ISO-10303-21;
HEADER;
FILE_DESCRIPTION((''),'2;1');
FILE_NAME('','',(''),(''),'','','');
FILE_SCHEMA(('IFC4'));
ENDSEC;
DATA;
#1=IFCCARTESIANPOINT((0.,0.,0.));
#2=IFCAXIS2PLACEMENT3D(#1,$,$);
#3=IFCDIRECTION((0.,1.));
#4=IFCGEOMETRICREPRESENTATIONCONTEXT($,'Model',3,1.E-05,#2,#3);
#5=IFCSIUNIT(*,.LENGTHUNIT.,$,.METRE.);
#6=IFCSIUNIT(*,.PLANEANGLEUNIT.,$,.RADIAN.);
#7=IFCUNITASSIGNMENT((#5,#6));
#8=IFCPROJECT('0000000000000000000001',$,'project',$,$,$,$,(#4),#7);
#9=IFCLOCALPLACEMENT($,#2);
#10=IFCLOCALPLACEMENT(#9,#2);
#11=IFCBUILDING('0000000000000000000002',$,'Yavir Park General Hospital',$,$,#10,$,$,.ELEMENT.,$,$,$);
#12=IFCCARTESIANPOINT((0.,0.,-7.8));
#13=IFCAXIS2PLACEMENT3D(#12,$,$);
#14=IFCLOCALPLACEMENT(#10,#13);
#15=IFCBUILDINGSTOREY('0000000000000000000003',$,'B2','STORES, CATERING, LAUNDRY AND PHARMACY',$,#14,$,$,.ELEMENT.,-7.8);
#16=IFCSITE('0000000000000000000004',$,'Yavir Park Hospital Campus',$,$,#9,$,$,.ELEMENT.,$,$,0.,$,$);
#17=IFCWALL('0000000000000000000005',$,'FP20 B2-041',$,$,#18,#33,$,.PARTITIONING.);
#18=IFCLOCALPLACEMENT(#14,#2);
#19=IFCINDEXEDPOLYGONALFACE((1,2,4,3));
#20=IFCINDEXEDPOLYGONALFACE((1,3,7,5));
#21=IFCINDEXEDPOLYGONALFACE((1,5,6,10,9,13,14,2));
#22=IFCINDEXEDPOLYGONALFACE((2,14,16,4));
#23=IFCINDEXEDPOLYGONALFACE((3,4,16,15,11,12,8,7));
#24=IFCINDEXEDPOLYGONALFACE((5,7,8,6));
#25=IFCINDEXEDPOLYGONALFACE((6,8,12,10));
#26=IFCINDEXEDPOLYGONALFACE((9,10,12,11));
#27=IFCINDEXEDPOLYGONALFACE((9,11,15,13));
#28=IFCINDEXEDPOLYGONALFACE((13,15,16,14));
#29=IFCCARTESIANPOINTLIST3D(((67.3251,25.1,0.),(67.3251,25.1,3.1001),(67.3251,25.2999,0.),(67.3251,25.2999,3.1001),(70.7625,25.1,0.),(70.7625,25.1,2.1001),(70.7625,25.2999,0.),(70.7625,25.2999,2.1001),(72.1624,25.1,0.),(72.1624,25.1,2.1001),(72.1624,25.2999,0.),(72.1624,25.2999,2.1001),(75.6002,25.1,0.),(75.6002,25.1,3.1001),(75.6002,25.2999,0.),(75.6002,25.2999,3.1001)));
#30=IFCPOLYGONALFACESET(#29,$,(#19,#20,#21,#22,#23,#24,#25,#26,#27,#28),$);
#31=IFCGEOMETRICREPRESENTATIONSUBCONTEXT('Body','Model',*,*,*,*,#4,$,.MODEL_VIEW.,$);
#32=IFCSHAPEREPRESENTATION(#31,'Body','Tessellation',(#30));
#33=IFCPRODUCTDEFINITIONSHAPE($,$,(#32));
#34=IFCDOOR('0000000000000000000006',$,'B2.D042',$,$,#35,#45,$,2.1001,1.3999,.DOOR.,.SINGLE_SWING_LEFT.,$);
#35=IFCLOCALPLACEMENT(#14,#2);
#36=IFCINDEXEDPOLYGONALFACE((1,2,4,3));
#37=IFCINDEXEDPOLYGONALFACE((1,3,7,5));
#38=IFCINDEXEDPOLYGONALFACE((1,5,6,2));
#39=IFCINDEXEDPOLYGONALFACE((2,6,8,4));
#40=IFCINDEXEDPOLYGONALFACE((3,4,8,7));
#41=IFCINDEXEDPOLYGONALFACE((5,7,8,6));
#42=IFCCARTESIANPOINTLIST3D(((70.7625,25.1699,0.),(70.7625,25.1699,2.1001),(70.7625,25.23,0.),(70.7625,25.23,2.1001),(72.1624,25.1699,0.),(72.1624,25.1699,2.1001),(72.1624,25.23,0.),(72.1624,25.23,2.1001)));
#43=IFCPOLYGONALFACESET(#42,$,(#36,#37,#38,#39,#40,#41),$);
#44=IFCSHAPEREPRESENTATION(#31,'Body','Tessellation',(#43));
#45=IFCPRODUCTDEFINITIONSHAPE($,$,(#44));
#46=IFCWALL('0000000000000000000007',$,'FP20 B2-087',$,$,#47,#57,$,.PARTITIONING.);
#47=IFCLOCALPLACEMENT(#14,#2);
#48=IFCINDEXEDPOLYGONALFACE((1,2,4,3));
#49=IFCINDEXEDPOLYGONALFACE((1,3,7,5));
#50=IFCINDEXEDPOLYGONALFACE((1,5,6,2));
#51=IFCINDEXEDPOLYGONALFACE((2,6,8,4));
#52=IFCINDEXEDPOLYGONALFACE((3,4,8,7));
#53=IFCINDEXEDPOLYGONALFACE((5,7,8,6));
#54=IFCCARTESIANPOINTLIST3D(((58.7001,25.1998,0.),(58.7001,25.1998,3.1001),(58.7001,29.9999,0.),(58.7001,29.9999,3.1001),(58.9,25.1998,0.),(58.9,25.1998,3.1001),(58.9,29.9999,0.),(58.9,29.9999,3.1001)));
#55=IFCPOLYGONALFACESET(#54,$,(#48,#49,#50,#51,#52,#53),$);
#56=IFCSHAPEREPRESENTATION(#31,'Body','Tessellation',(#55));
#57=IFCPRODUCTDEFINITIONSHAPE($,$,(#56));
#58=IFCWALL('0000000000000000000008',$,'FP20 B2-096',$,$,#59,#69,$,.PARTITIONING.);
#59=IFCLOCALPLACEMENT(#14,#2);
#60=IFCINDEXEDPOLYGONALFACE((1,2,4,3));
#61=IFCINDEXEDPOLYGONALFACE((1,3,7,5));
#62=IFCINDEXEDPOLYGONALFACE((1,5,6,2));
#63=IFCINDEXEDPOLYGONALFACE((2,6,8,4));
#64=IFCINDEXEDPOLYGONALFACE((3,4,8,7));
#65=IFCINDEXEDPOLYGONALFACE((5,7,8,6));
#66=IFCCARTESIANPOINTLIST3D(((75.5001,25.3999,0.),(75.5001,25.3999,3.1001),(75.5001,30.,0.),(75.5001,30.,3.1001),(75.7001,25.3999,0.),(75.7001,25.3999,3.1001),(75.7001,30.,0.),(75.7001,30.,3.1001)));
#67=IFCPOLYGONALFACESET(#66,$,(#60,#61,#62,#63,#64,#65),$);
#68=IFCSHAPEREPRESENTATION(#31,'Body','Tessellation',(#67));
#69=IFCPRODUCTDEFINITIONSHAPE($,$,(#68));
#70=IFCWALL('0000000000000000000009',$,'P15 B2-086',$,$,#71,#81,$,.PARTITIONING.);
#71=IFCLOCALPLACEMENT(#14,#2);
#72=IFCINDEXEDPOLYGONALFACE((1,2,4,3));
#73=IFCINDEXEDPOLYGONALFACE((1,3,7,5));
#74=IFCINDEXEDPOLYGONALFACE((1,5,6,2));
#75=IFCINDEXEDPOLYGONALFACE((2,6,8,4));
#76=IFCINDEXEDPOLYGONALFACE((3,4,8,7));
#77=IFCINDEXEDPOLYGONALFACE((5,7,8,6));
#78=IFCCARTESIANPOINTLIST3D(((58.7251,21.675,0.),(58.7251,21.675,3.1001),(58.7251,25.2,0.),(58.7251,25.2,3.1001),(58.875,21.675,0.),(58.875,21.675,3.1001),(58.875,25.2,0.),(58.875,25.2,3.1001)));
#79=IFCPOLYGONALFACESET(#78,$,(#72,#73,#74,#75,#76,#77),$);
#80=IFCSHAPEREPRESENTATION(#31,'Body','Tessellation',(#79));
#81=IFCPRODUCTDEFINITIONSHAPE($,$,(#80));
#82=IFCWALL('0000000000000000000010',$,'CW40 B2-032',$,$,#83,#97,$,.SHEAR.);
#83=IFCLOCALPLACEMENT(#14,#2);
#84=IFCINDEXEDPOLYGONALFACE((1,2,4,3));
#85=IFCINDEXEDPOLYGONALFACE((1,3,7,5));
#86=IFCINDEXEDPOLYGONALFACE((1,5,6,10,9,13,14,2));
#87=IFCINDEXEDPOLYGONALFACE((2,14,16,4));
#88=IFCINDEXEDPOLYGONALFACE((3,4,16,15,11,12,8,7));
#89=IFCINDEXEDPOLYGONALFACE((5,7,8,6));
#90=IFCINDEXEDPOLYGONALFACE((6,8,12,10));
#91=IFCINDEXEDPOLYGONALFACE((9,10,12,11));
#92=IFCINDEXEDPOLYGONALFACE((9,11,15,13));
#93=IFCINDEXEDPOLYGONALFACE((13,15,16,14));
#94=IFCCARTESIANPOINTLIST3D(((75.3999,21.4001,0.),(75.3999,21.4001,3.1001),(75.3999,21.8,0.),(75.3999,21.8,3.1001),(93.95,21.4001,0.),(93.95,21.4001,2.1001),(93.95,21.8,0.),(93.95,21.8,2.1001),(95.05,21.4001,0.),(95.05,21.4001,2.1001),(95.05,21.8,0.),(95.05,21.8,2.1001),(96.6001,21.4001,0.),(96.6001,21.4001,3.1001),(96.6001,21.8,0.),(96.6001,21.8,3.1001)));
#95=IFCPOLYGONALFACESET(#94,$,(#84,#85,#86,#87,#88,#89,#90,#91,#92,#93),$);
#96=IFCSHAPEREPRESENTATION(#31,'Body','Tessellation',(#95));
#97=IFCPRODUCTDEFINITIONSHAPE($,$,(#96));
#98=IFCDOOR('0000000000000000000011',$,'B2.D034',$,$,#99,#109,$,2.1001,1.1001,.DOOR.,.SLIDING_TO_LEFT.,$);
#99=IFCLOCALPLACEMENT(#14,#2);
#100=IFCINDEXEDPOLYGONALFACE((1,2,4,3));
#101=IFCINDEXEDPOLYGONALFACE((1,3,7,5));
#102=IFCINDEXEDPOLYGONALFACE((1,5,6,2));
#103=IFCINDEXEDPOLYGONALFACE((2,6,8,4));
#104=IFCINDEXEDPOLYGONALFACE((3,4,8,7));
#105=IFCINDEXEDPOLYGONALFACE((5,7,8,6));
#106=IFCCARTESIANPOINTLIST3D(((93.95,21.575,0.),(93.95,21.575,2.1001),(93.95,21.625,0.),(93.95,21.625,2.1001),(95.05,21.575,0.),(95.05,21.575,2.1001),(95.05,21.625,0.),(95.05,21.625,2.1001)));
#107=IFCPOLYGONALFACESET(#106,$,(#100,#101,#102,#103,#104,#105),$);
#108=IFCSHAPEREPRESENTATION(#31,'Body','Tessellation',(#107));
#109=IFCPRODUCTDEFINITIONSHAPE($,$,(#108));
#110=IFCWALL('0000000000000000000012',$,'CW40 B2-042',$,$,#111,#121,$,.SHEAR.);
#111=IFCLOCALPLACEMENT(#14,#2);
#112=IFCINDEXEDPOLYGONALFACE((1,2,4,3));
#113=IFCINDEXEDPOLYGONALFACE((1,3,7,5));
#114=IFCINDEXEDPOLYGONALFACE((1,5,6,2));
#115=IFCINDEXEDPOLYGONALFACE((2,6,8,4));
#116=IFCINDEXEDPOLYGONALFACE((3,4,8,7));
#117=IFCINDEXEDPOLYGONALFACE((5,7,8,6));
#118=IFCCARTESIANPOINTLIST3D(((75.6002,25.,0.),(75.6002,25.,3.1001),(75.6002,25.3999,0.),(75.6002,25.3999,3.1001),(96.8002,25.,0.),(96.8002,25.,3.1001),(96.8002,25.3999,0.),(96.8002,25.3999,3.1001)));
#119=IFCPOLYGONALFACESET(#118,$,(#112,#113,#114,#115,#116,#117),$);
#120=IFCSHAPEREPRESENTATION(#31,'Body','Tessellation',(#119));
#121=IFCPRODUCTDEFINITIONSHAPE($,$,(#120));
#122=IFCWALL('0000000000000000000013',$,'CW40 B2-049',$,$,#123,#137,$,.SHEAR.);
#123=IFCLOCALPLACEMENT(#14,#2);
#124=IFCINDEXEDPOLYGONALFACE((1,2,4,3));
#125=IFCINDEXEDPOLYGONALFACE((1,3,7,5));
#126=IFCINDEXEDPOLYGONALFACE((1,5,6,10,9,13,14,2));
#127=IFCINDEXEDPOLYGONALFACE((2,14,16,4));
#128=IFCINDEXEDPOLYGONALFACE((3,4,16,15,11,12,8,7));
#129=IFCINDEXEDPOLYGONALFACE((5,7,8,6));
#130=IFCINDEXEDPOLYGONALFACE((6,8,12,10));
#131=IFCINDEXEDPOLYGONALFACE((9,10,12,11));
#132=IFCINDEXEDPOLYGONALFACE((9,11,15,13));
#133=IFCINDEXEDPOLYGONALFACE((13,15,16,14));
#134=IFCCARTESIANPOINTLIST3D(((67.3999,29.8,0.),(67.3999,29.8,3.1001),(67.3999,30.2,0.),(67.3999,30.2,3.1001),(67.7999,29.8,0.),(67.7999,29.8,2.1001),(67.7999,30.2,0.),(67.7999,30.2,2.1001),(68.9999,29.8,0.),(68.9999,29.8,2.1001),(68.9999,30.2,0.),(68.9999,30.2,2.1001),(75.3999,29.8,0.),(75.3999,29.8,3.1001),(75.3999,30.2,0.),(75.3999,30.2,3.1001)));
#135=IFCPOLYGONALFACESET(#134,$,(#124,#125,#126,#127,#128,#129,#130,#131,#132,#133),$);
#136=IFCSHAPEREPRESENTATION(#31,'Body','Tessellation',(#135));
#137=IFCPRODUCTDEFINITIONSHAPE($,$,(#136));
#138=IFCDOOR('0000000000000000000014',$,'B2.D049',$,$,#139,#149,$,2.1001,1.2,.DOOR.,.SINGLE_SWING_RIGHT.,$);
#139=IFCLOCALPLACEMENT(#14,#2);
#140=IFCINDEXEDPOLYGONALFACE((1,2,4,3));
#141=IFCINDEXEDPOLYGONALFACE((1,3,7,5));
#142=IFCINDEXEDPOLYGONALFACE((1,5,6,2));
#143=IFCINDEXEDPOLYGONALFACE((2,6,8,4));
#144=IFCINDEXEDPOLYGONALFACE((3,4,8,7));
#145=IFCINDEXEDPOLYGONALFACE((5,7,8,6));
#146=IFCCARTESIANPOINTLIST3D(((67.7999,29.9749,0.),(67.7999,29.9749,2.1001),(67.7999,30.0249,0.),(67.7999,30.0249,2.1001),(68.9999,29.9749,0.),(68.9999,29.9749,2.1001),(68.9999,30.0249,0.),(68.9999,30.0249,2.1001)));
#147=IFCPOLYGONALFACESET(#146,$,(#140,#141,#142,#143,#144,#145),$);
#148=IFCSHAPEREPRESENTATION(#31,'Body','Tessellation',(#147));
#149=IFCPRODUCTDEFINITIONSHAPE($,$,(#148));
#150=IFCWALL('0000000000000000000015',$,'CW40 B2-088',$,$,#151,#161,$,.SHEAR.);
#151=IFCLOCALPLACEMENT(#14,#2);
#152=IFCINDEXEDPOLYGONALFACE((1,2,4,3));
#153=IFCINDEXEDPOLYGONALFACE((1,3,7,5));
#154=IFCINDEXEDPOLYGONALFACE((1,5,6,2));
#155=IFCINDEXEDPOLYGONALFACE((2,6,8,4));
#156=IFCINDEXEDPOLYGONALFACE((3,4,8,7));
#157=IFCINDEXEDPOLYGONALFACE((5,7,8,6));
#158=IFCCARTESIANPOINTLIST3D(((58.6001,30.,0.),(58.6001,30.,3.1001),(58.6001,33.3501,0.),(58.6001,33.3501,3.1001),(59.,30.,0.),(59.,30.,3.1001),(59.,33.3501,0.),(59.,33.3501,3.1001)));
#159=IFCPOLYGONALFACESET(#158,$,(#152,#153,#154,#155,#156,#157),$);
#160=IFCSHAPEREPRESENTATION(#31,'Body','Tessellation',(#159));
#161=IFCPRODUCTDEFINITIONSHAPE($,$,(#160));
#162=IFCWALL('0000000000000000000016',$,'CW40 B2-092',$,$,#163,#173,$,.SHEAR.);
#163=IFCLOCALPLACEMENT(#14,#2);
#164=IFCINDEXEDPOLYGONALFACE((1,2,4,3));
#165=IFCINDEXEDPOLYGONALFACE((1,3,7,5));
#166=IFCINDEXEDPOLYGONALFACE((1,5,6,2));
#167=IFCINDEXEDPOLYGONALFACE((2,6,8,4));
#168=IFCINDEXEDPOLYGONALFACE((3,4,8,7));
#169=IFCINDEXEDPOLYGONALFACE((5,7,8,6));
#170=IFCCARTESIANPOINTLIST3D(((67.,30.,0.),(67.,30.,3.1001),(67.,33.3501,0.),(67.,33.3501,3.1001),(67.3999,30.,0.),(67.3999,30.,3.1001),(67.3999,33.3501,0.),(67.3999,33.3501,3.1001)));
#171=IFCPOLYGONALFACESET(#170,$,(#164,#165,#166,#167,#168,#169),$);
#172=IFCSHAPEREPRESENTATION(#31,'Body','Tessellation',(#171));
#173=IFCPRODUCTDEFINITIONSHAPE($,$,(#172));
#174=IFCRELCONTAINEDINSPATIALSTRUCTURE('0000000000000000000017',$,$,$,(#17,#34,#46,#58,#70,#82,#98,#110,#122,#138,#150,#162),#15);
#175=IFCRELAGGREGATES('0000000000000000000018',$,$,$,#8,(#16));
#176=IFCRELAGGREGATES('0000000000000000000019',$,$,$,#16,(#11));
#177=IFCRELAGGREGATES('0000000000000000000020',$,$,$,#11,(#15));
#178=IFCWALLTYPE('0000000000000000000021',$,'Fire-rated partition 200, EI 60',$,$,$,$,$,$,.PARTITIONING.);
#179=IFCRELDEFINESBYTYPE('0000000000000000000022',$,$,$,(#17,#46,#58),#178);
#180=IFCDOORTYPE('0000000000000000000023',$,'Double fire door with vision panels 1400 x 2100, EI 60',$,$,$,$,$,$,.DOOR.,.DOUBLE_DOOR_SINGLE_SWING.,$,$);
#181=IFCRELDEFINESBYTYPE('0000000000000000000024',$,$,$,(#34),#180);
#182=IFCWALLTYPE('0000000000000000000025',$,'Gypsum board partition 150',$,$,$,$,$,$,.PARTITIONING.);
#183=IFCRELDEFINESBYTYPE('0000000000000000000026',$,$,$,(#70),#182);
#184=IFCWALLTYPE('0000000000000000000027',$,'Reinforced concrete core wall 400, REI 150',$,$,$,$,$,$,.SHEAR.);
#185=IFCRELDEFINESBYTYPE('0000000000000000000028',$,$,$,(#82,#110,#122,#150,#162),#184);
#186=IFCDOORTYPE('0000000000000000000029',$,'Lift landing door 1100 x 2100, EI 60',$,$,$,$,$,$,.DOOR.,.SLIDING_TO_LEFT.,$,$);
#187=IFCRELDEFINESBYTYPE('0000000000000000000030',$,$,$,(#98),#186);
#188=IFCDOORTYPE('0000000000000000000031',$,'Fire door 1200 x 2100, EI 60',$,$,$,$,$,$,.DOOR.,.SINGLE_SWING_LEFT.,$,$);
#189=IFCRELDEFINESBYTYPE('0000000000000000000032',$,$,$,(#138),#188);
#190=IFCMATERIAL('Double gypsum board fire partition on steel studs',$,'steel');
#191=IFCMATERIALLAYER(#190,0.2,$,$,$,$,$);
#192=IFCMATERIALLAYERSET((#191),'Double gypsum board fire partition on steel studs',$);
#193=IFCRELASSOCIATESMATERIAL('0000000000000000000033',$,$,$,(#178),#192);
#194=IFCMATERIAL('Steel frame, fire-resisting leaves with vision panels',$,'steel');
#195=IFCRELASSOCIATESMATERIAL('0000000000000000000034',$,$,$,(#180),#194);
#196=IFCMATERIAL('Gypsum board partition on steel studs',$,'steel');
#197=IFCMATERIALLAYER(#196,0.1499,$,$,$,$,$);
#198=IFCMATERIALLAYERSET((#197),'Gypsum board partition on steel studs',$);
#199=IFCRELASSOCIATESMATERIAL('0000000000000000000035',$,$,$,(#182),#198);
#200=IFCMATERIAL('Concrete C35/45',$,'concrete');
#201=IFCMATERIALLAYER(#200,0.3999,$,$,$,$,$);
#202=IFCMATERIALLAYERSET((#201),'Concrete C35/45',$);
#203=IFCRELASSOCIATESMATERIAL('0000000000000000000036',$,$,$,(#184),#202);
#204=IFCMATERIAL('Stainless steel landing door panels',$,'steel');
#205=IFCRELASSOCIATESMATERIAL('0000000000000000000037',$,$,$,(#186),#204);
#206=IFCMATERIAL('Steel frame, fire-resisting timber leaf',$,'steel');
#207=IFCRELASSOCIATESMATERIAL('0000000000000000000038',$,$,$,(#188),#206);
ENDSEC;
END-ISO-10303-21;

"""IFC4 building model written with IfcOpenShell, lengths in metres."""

from ifc_helpers import new_model, si_unit, direction, frame, frame_2d, origin, place, context, subcontext, project, spatial, rectangle, extrude, material, layer, layer_set, type_object, element, fill, save


model = new_model("IFC4")

# Units and contexts
model_context = context("Model", 3, precision=1e-05, world=origin(), true_north=direction((0.0, 1.0)))
body_context = subcontext(model_context, "Body", "Model", "MODEL_VIEW")
ifc_project = project(units=[si_unit("LENGTHUNIT", "METRE"), si_unit("PLANEANGLEUNIT", "RADIAN")], contexts=[model_context])

# Site, building, storey
site_placement = place(None, origin())
site = spatial("IfcSite", under=ifc_project, at=site_placement, Name="Yavir Park Hospital Campus", CompositionType="ELEMENT", RefElevation=0.0)
building_placement = place(site_placement, origin())
building = spatial("IfcBuilding", under=site, at=building_placement, Name="Yavir Park General Hospital", CompositionType="ELEMENT")
storey_placement = place(building_placement, frame((0.0, 0.0, -7.8)))
storey = spatial("IfcBuildingStorey", under=building, at=storey_placement, Name="B2", Description="STORES, CATERING, LAUNDRY AND PHARMACY", CompositionType="ELEMENT", Elevation=-7.8)

# Wall, opening, door
ifc_material_1 = material(Name="Double gypsum board fire partition on steel studs", Category="steel")
ifc_layer_1 = layer(ifc_material_1, 0.2)
ifc_layer_set_1 = layer_set([ifc_layer_1], Name="Double gypsum board fire partition on steel studs")
wall_type_1 = type_object("IfcWallType", Name="Fire-rated partition 200, EI 60", PredefinedType="PARTITIONING", material=ifc_layer_set_1)
wall_1_placement = place(storey_placement, frame((67.325, 25.2, 0.0), z_axis=(0.0, 0.0, 1.0), x_axis=(1.0, 0.0, 0.0)))
wall_1 = element("IfcWall", 1, at=wall_1_placement, inside=storey, type_object=wall_type_1, Name="FP20 B2-041", PredefinedType="PARTITIONING", context=body_context, shape_type="SweptSolid", body=[
    extrude(rectangle(XDim=8.2751, YDim=0.2, at=frame_2d((4.1377, 0.0))), origin(), (0.0, 0.0, 1.0), 3.1001),
])
opening_1_placement = place(wall_1_placement, frame((3.4375, 0.0, 0.0)))
opening_1 = element("IfcOpeningElement", 2, at=opening_1_placement, cuts=wall_1, PredefinedType="OPENING", context=body_context, shape_type="SweptSolid", body=[
    extrude(rectangle(XDim=1.3999, YDim=2.1001, at=frame_2d((0.7, 1.05))), frame((0.0, 0.1099, 0.0), z_axis=(0.0, -1.0, 0.0), x_axis=(1.0, 0.0, 0.0)), (0.0, 0.0, 1.0), 0.22),
])
ifc_material_2 = material(Name="Steel frame, fire-resisting leaves with vision panels", Category="steel")
door_type_1 = type_object("IfcDoorType", Name="Double fire door with vision panels 1400 x 2100, EI 60", OperationType="DOUBLE_DOOR_SINGLE_SWING", PredefinedType="DOOR", material=ifc_material_2)
door_1_placement = place(opening_1_placement, origin())
door_1 = element("IfcDoor", 3, at=door_1_placement, inside=storey, type_object=door_type_1, Name="B2.D042", OperationType="SINGLE_SWING_LEFT", OverallHeight=2.1001, OverallWidth=1.3999, PredefinedType="DOOR", context=body_context, shape_type="SweptSolid", body=[
    extrude(rectangle(XDim=1.3999, YDim=2.1001, at=frame_2d((0.7, 1.05))), frame((0.0, 0.03, 0.0), z_axis=(0.0, -1.0, 0.0), x_axis=(1.0, 0.0, 0.0)), (0.0, 0.0, 1.0), 0.0601),
])
fill(opening_1, door_1)

# Walls
wall_2_placement = place(storey_placement, frame((58.8, 25.2, 0.0), z_axis=(0.0, 0.0, 1.0), x_axis=(0.0, 1.0, 0.0)))
element("IfcWall", 4, at=wall_2_placement, inside=storey, type_object=wall_type_1, Name="FP20 B2-087", PredefinedType="PARTITIONING", context=body_context, shape_type="SweptSolid", body=[
    extrude(rectangle(XDim=4.8, YDim=0.2, at=frame_2d((2.3999, 0.0))), origin(), (0.0, 0.0, 1.0), 3.1001),
])
wall_3_placement = place(storey_placement, frame((75.6001, 25.3999, 0.0), z_axis=(0.0, 0.0, 1.0), x_axis=(0.0, 1.0, 0.0)))
element("IfcWall", 5, at=wall_3_placement, inside=storey, type_object=wall_type_1, Name="FP20 B2-096", PredefinedType="PARTITIONING", context=body_context, shape_type="SweptSolid", body=[
    extrude(rectangle(XDim=4.6001, YDim=0.2, at=frame_2d((2.3, 0.0))), origin(), (0.0, 0.0, 1.0), 3.1001),
])
ifc_material_3 = material(Name="Gypsum board partition on steel studs", Category="steel")
ifc_layer_2 = layer(ifc_material_3, 0.1499)
ifc_layer_set_2 = layer_set([ifc_layer_2], Name="Gypsum board partition on steel studs")
wall_type_2 = type_object("IfcWallType", Name="Gypsum board partition 150", PredefinedType="PARTITIONING", material=ifc_layer_set_2)
wall_4_placement = place(storey_placement, frame((58.8, 21.675, 0.0), z_axis=(0.0, 0.0, 1.0), x_axis=(0.0, 1.0, 0.0)))
element("IfcWall", 6, at=wall_4_placement, inside=storey, type_object=wall_type_2, Name="P15 B2-086", PredefinedType="PARTITIONING", context=body_context, shape_type="SweptSolid", body=[
    extrude(rectangle(XDim=3.5249, YDim=0.1499, at=frame_2d((1.7625, 0.0))), origin(), (0.0, 0.0, 1.0), 3.1001),
])

# Wall, opening, door
ifc_material_4 = material(Name="Concrete C35/45", Category="concrete")
ifc_layer_3 = layer(ifc_material_4, 0.3999)
ifc_layer_set_3 = layer_set([ifc_layer_3], Name="Concrete C35/45")
wall_type_3 = type_object("IfcWallType", Name="Reinforced concrete core wall 400, REI 150", PredefinedType="SHEAR", material=ifc_layer_set_3)
wall_5_placement = place(storey_placement, frame((75.3999, 21.6001, 0.0), z_axis=(0.0, 0.0, 1.0), x_axis=(1.0, 0.0, 0.0)))
wall_5 = element("IfcWall", 7, at=wall_5_placement, inside=storey, type_object=wall_type_3, Name="CW40 B2-032", PredefinedType="SHEAR", context=body_context, shape_type="SweptSolid", body=[
    extrude(rectangle(XDim=21.2002, YDim=0.3999, at=frame_2d((10.6001, 0.0))), origin(), (0.0, 0.0, 1.0), 3.1001),
])
opening_2_placement = place(wall_5_placement, frame((18.55, 0.0, 0.0)))
opening_2 = element("IfcOpeningElement", 8, at=opening_2_placement, cuts=wall_5, PredefinedType="OPENING", context=body_context, shape_type="SweptSolid", body=[
    extrude(rectangle(XDim=1.1001, YDim=2.1001, at=frame_2d((0.55, 1.05))), frame((0.0, 0.21, 0.0), z_axis=(0.0, -1.0, 0.0), x_axis=(1.0, 0.0, 0.0)), (0.0, 0.0, 1.0), 0.4199),
])
ifc_material_5 = material(Name="Stainless steel landing door panels", Category="steel")
door_type_2 = type_object("IfcDoorType", Name="Lift landing door 1100 x 2100, EI 60", OperationType="SLIDING_TO_LEFT", PredefinedType="DOOR", material=ifc_material_5)
door_2_placement = place(opening_2_placement, origin())
door_2 = element("IfcDoor", 9, at=door_2_placement, inside=storey, type_object=door_type_2, Name="B2.D034", OperationType="SLIDING_TO_LEFT", OverallHeight=2.1001, OverallWidth=1.1001, PredefinedType="DOOR", context=body_context, shape_type="SweptSolid", body=[
    extrude(rectangle(XDim=1.1001, YDim=2.1001, at=frame_2d((0.55, 1.05))), frame((0.0, 0.0249, 0.0), z_axis=(0.0, -1.0, 0.0), x_axis=(1.0, 0.0, 0.0)), (0.0, 0.0, 1.0), 0.05),
])
fill(opening_2, door_2)

# Wall
wall_6_placement = place(storey_placement, frame((75.6001, 25.2, 0.0), z_axis=(0.0, 0.0, 1.0), x_axis=(1.0, 0.0, 0.0)))
element("IfcWall", 10, at=wall_6_placement, inside=storey, type_object=wall_type_3, Name="CW40 B2-042", PredefinedType="SHEAR", context=body_context, shape_type="SweptSolid", body=[
    extrude(rectangle(XDim=21.2, YDim=0.3999, at=frame_2d((10.6001, 0.0))), origin(), (0.0, 0.0, 1.0), 3.1001),
])

# Wall, opening, door
wall_7_placement = place(storey_placement, frame((67.3999, 30.0, 0.0), z_axis=(0.0, 0.0, 1.0), x_axis=(1.0, 0.0, 0.0)))
wall_7 = element("IfcWall", 11, at=wall_7_placement, inside=storey, type_object=wall_type_3, Name="CW40 B2-049", PredefinedType="SHEAR", context=body_context, shape_type="SweptSolid", body=[
    extrude(rectangle(XDim=8.0, YDim=0.3999, at=frame_2d((4.0, 0.0))), origin(), (0.0, 0.0, 1.0), 3.1001),
])
opening_3_placement = place(wall_7_placement, frame((0.3999, 0.0, 0.0)))
opening_3 = element("IfcOpeningElement", 12, at=opening_3_placement, cuts=wall_7, PredefinedType="OPENING", context=body_context, shape_type="SweptSolid", body=[
    extrude(rectangle(XDim=1.2, YDim=2.1001, at=frame_2d((0.6001, 1.05))), frame((0.0, 0.21, 0.0), z_axis=(0.0, -1.0, 0.0), x_axis=(1.0, 0.0, 0.0)), (0.0, 0.0, 1.0), 0.4199),
])
ifc_material_6 = material(Name="Steel frame, fire-resisting timber leaf", Category="steel")
door_type_3 = type_object("IfcDoorType", Name="Fire door 1200 x 2100, EI 60", OperationType="SINGLE_SWING_LEFT", PredefinedType="DOOR", material=ifc_material_6)
door_3_placement = place(opening_3_placement, origin())
door_3 = element("IfcDoor", 13, at=door_3_placement, inside=storey, type_object=door_type_3, Name="B2.D049", OperationType="SINGLE_SWING_RIGHT", OverallHeight=2.1001, OverallWidth=1.2, PredefinedType="DOOR", context=body_context, shape_type="SweptSolid", body=[
    extrude(rectangle(XDim=1.2, YDim=2.1001, at=frame_2d((0.6001, 1.05))), frame((0.0, 0.0249, 0.0), z_axis=(0.0, -1.0, 0.0), x_axis=(1.0, 0.0, 0.0)), (0.0, 0.0, 1.0), 0.05),
])
fill(opening_3, door_3)

# Walls
for number, where, z_axis, x_axis, name in (
    (14, (58.8, 30.0, 0.0), (0.0, 0.0, 1.0), (0.0, 1.0, 0.0), "CW40 B2-088"),
    (15, (67.2, 30.0, 0.0), (0.0, 0.0, 1.0), (0.0, 1.0, 0.0), "CW40 B2-092"),
):
    element("IfcWall", number, at=place(storey_placement, frame(where, z_axis=z_axis, x_axis=x_axis)), inside=storey, type_object=wall_type_3, Name=name, PredefinedType="SHEAR", context=body_context, shape_type="SweptSolid", body=[
        extrude(rectangle(XDim=3.3501, YDim=0.3999, at=frame_2d((1.675, 0.0))), origin(), (0.0, 0.0, 1.0), 3.1001),
    ])

save(model, "model.ifc")
